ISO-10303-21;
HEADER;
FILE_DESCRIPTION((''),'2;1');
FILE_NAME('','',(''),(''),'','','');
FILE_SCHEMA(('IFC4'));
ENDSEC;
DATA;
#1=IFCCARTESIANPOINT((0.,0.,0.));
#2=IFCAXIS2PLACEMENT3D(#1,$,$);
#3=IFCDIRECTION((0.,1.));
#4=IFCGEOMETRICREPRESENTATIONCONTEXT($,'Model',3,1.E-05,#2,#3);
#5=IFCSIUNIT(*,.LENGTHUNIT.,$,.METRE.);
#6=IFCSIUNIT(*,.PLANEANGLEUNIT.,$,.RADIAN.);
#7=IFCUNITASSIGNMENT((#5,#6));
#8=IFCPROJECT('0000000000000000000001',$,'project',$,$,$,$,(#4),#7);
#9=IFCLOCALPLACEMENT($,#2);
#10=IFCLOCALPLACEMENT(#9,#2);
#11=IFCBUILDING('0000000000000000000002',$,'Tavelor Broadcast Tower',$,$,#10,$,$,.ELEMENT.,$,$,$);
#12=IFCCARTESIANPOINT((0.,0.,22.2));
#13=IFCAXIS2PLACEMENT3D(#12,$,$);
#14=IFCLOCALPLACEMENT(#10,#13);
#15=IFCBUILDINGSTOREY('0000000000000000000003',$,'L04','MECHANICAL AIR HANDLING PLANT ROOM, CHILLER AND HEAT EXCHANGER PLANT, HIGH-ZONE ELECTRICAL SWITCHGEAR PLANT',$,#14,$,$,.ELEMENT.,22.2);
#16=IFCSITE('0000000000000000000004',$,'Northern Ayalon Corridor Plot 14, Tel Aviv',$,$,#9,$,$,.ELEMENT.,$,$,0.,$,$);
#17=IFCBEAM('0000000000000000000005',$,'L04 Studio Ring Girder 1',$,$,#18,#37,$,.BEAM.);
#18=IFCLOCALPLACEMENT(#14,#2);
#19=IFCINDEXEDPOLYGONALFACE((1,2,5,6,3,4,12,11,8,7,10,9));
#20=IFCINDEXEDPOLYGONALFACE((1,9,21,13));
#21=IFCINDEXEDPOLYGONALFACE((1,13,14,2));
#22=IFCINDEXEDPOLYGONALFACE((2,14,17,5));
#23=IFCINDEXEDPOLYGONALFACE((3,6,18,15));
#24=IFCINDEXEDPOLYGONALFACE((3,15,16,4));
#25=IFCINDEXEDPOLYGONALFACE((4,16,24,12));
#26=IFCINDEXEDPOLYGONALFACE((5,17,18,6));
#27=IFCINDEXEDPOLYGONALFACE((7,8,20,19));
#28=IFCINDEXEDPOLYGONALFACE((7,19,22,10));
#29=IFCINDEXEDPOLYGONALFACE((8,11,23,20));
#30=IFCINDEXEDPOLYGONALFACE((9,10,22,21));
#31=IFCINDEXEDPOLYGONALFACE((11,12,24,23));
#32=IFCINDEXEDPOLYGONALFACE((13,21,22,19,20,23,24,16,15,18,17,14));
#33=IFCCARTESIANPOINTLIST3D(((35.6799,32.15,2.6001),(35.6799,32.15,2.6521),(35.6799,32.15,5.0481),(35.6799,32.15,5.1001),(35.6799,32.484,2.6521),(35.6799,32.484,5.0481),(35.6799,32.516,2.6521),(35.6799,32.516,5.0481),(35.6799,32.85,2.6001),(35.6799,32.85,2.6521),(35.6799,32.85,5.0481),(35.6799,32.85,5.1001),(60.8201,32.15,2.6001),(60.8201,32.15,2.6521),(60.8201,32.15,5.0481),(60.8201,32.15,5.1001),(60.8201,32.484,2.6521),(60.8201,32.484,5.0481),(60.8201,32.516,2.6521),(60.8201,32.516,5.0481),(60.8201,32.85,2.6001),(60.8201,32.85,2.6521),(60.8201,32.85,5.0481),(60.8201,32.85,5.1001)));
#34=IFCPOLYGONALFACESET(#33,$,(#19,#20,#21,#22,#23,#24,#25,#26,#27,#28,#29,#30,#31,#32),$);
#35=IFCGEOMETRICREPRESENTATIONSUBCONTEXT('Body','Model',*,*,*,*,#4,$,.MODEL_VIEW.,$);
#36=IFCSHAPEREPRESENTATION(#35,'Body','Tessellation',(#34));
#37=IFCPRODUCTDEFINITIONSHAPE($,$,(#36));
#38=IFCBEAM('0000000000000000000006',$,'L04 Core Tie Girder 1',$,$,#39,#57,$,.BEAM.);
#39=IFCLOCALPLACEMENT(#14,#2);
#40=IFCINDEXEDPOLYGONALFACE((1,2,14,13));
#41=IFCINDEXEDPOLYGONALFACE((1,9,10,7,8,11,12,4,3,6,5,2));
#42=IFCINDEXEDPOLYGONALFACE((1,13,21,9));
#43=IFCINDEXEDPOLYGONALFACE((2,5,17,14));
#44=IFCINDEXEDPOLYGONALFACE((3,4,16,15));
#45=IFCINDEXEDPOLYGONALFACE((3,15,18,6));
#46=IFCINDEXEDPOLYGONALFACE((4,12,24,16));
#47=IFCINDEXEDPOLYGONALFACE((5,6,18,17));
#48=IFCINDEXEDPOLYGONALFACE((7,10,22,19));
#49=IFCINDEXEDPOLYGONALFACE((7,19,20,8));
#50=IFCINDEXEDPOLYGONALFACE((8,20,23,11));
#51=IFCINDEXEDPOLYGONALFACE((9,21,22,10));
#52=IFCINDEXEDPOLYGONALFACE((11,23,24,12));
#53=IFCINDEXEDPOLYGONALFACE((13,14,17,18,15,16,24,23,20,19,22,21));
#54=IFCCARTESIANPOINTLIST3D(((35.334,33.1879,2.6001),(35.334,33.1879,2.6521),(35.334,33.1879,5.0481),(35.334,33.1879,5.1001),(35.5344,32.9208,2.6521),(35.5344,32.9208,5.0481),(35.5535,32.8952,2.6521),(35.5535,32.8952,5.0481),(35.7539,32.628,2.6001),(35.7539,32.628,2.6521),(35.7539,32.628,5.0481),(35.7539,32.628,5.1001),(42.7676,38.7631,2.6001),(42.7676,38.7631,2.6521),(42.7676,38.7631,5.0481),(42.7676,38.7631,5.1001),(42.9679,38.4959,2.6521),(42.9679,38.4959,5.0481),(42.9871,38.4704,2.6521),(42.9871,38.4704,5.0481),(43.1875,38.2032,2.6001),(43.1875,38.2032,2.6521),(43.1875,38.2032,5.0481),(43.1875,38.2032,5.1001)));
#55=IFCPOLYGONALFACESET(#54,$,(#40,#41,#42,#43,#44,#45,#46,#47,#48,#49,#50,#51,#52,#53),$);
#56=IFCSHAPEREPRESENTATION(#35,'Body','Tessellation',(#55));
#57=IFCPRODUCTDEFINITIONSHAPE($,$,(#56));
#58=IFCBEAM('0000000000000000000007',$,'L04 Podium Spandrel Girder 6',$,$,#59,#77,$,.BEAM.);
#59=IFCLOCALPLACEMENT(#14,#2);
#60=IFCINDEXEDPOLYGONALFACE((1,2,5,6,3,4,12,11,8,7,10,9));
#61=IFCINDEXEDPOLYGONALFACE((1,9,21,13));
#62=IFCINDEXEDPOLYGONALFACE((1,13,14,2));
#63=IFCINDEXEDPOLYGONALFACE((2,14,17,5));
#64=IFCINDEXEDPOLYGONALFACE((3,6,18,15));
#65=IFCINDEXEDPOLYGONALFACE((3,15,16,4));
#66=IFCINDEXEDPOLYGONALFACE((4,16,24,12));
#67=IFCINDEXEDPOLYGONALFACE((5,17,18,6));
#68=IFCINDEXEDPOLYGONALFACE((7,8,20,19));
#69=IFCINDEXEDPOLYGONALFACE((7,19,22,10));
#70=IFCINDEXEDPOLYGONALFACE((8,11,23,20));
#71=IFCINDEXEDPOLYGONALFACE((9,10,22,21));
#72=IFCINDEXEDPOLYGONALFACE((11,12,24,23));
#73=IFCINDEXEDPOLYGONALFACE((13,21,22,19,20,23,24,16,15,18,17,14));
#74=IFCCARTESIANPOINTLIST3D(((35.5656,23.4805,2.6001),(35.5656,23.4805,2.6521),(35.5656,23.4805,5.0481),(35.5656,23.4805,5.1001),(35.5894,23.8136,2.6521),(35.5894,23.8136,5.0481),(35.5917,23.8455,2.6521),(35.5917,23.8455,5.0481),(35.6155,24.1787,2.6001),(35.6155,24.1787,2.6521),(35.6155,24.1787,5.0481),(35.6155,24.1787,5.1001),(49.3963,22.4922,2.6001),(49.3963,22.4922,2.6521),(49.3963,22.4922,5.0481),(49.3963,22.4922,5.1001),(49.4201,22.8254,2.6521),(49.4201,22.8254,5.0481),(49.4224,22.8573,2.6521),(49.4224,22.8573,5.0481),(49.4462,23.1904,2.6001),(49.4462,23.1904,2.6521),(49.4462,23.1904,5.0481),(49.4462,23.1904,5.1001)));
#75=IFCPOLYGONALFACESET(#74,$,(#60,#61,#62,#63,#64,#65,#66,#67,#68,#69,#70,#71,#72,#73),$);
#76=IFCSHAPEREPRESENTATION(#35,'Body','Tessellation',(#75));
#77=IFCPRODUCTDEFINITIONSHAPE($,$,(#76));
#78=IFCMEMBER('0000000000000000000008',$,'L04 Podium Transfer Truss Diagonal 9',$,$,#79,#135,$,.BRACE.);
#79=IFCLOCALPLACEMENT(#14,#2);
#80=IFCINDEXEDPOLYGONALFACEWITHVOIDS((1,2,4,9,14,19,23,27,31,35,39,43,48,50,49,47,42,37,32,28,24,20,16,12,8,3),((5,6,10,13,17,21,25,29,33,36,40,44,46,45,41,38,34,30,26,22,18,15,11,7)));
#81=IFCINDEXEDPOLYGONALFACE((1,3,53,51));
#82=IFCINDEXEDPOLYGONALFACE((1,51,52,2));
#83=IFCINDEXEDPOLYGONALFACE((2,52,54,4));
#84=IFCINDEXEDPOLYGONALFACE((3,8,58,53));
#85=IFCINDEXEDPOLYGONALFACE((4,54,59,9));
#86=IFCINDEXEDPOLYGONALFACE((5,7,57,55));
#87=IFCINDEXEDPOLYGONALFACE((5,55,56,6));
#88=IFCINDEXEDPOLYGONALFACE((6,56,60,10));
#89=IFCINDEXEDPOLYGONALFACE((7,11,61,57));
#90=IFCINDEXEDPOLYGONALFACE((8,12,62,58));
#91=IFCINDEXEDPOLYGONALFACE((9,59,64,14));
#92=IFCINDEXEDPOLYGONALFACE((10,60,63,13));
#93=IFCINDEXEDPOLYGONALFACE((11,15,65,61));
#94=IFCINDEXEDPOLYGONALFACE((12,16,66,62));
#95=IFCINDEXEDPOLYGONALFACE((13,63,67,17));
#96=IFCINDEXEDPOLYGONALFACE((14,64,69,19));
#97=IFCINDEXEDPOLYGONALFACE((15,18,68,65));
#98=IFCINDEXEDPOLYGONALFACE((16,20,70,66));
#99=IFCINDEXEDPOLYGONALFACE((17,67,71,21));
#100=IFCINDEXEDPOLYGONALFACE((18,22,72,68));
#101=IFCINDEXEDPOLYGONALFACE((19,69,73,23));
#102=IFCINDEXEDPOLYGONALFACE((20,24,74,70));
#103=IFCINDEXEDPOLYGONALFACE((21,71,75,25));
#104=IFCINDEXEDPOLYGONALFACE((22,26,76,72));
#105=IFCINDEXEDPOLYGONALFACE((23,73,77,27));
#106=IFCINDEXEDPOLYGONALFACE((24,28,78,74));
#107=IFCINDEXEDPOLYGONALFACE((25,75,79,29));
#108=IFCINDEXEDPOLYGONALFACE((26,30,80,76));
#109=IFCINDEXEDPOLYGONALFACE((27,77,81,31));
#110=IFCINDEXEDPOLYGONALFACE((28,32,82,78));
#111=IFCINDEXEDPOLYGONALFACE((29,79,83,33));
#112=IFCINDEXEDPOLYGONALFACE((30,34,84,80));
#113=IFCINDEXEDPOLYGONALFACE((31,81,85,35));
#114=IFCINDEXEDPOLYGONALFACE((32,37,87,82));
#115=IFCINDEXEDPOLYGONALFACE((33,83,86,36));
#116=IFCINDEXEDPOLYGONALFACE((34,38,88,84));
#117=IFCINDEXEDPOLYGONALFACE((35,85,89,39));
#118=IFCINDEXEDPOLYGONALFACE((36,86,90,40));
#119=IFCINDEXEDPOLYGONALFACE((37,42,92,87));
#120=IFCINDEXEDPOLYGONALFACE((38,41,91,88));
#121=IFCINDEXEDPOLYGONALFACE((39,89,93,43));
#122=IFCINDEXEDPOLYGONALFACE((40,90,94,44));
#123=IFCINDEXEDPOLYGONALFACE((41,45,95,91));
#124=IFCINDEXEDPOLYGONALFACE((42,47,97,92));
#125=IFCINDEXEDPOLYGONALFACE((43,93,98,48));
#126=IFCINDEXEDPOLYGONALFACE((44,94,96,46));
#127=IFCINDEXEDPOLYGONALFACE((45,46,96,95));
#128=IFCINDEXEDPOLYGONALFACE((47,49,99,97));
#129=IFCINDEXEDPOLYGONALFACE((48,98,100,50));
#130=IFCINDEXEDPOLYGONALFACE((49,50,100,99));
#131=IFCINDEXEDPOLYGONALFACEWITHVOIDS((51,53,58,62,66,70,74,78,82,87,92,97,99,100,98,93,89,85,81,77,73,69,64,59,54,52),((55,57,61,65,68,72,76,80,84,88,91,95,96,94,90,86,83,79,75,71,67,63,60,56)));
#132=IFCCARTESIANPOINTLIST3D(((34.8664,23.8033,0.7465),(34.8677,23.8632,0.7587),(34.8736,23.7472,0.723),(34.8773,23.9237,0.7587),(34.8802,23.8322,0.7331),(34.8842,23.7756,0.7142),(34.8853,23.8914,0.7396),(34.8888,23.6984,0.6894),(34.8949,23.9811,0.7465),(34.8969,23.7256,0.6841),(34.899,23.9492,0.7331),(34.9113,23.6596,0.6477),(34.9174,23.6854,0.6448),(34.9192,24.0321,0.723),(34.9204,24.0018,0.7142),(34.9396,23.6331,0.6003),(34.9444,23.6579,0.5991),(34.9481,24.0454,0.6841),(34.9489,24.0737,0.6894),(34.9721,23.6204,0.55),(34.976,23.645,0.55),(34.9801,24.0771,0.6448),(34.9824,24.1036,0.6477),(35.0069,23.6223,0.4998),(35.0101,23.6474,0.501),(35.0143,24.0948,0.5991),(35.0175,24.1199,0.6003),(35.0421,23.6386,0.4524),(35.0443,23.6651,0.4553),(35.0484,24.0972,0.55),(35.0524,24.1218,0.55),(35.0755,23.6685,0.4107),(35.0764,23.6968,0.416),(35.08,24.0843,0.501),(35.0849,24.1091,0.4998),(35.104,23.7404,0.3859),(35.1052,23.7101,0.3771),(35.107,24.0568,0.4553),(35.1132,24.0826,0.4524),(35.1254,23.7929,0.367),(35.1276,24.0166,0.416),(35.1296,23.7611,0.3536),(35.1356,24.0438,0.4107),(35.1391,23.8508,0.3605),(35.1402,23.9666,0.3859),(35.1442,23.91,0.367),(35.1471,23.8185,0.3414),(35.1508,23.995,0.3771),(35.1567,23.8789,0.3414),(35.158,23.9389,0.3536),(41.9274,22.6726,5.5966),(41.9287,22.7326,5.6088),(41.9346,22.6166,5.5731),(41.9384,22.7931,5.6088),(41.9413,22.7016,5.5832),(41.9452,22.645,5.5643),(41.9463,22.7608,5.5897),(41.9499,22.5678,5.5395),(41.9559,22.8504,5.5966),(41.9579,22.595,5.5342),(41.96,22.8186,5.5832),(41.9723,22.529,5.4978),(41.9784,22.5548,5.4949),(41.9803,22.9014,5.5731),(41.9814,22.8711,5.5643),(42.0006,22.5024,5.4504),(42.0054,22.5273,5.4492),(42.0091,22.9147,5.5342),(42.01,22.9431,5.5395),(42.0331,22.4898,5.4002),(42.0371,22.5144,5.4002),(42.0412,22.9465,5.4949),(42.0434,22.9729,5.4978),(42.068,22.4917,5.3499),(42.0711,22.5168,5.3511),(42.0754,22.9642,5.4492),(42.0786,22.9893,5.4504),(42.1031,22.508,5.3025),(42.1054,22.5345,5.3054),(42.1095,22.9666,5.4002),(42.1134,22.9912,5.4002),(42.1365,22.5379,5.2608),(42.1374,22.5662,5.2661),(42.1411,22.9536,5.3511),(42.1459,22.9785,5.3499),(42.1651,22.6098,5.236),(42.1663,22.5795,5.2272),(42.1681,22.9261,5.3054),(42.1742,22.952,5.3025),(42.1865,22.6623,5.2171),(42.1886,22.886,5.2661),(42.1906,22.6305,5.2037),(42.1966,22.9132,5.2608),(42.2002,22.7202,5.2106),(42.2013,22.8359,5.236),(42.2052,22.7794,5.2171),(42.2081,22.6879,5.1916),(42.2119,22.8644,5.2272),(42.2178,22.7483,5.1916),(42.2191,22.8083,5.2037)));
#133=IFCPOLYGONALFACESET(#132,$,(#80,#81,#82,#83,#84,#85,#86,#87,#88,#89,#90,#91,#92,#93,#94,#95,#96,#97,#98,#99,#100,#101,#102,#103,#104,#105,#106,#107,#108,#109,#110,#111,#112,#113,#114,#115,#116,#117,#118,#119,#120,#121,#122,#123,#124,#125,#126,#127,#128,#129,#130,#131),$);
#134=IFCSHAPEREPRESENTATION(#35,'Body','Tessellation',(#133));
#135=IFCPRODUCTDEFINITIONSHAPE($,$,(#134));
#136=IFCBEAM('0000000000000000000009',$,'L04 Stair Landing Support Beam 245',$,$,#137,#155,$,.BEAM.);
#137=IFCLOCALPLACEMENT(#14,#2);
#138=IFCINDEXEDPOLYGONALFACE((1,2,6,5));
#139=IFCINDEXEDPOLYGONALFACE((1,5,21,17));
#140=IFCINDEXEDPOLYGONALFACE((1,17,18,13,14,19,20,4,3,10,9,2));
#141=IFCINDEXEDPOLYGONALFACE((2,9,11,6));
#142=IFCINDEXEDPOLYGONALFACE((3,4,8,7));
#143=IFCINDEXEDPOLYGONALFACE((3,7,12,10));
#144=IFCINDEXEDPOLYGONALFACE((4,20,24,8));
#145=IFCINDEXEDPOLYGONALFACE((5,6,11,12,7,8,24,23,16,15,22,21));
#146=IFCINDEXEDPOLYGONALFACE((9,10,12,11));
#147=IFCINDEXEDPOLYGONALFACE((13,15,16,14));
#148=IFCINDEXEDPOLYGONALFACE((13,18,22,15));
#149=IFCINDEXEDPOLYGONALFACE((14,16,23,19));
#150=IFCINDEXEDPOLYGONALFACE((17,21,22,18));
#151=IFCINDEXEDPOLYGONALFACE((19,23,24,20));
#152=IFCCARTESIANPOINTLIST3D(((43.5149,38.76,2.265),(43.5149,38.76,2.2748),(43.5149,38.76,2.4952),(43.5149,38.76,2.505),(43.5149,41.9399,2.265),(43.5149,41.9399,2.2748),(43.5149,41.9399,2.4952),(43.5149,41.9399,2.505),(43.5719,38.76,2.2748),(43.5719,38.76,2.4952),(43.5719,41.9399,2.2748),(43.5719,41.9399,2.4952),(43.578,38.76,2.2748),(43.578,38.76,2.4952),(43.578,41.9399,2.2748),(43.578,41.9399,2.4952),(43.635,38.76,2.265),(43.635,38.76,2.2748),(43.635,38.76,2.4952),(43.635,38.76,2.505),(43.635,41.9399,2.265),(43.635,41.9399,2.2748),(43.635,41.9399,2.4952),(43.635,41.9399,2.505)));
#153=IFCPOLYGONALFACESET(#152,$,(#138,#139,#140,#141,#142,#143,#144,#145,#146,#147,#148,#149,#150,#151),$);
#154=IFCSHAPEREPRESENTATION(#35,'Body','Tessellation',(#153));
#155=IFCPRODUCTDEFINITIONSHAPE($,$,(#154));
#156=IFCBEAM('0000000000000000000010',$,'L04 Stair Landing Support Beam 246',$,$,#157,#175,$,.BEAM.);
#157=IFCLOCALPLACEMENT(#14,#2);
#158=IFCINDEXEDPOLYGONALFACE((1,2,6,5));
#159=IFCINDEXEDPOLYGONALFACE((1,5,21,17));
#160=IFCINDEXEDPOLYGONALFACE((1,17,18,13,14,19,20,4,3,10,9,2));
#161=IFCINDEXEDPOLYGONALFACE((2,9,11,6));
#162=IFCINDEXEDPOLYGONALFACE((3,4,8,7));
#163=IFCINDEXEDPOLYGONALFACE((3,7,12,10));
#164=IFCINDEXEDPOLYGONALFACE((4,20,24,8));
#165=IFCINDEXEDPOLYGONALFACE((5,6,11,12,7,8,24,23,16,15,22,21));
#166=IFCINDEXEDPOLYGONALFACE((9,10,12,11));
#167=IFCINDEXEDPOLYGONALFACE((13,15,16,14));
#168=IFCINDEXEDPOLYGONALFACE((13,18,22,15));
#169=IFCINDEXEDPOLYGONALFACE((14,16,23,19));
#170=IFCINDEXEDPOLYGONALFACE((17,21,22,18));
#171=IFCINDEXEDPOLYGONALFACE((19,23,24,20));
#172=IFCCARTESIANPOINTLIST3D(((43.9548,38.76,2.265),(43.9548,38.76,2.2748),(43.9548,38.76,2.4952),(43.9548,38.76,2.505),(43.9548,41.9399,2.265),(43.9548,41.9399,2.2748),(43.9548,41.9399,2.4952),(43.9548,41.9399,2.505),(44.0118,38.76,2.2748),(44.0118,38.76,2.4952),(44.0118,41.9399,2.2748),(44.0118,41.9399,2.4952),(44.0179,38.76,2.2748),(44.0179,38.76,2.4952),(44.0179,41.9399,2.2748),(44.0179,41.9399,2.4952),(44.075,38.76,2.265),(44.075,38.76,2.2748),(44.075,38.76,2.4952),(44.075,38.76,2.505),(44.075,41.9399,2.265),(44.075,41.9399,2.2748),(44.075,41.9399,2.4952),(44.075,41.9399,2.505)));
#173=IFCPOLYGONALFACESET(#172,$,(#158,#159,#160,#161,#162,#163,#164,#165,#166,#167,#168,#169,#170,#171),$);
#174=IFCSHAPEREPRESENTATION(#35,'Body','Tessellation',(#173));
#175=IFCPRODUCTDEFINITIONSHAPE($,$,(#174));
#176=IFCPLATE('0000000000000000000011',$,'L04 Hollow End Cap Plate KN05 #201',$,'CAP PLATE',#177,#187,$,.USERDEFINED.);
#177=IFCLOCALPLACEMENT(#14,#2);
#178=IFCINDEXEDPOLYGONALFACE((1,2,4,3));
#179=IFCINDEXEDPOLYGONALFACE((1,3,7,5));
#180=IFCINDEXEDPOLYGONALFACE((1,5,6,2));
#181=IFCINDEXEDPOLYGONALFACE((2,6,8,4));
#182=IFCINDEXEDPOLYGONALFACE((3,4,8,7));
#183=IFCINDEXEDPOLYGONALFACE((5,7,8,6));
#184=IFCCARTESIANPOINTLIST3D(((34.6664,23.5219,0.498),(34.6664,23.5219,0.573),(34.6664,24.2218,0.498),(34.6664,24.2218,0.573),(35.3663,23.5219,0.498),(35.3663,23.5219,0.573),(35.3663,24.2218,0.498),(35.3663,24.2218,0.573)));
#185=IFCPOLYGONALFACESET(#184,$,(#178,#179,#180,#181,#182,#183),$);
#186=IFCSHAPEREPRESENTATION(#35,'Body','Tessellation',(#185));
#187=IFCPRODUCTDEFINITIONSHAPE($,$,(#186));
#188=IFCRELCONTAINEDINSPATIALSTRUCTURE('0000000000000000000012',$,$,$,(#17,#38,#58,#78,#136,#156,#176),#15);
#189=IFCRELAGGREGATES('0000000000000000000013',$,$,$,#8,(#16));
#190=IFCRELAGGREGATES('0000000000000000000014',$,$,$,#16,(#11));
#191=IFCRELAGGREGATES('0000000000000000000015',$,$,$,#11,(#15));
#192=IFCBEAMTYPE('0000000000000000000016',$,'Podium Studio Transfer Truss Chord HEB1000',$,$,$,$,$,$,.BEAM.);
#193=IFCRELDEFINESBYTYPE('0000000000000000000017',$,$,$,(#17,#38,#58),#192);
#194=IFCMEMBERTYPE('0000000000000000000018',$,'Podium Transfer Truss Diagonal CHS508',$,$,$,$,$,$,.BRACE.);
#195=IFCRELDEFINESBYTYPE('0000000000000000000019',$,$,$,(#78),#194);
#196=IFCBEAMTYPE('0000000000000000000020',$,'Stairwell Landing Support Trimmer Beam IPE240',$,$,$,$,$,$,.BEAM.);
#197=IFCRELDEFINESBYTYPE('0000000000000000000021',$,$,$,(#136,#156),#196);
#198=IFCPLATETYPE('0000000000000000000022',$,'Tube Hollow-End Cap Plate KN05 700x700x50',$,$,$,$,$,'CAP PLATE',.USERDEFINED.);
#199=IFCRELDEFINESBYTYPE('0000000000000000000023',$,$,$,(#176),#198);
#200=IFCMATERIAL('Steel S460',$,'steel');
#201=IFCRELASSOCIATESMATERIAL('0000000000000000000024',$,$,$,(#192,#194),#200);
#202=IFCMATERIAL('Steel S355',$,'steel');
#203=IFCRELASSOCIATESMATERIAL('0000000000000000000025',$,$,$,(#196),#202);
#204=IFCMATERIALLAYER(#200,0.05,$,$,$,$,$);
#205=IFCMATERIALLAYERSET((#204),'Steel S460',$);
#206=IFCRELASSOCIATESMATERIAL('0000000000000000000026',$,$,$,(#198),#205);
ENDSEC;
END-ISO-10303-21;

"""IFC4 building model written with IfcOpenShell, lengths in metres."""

from ifc_helpers import new_model, si_unit, direction, frame, origin, origin_2d, place, context, subcontext, project, spatial, rectangle, hollow_circle, i_section, extrude, source, transform, mapped, material, layer, layer_set, material_profile, profile_set, type_object, type_shapes, element, save


model = new_model("IFC4")

# Units and contexts
model_context = context("Model", 3, precision=1e-05, world=origin(), true_north=direction((0.0, 1.0)))
body_context = subcontext(model_context, "Body", "Model", "MODEL_VIEW")
ifc_project = project(units=[si_unit("LENGTHUNIT", "METRE"), si_unit("PLANEANGLEUNIT", "RADIAN")], contexts=[model_context])

# Site, building, storey
site_placement = place(None, origin())
site = spatial("IfcSite", under=ifc_project, at=site_placement, Name="Northern Ayalon Corridor Plot 14, Tel Aviv", CompositionType="ELEMENT", RefElevation=0.0)
building_placement = place(site_placement, origin())
building = spatial("IfcBuilding", under=site, at=building_placement, Name="Tavelor Broadcast Tower", CompositionType="ELEMENT")
storey_placement = place(building_placement, frame((0.0, 0.0, 22.2)))
storey = spatial("IfcBuildingStorey", under=building, at=storey_placement, Name="L04", Description="MECHANICAL AIR HANDLING PLANT ROOM, CHILLER AND HEAT EXCHANGER PLANT, HIGH-ZONE ELECTRICAL SWITCHGEAR PLANT", CompositionType="ELEMENT", Elevation=22.2)

# Beams
ifc_material_1 = material(Name="Steel S460", Category="steel")
ifc_material_profile_1 = material_profile(ifc_material_1, i_section(OverallWidth=0.7, OverallDepth=2.5, WebThickness=0.032, FlangeThickness=0.052, at=origin_2d()), Name="PG 2500x700")
ifc_profile_set_1 = profile_set([ifc_material_profile_1], Name="Steel S460")
beam_type_1 = type_object("IfcBeamType", Name="Podium Studio Transfer Truss Chord HEB1000", PredefinedType="BEAM", material=ifc_profile_set_1)
beam_1_placement = place(storey_placement, frame((35.6799, 32.5, 3.8501), z_axis=(1.0, 0.0, 0.0), x_axis=(0.0, 1.0, 0.0)))
element("IfcBeam", 1, at=beam_1_placement, inside=storey, type_object=beam_type_1, Name="L04 Studio Ring Girder 1", PredefinedType="BEAM", context=body_context, shape_type="SweptSolid", body=[
    extrude(i_section(OverallWidth=0.7, OverallDepth=2.5, WebThickness=0.032, FlangeThickness=0.052, at=origin_2d()), origin(), (0.0, 0.0, 1.0), 25.1401),
])
beam_2_placement = place(storey_placement, frame((35.5439, 32.908, 3.8501), z_axis=(0.8, 0.6, 0.0), x_axis=(-0.6, 0.8, 0.0)))
element("IfcBeam", 2, at=beam_2_placement, inside=storey, type_object=beam_type_1, Name="L04 Core Tie Girder 1", PredefinedType="BEAM", context=body_context, shape_type="SweptSolid", body=[
    extrude(i_section(OverallWidth=0.7, OverallDepth=2.5, WebThickness=0.032, FlangeThickness=0.052, at=origin_2d()), origin(), (0.0, 0.0, 1.0), 9.292),
])
beam_3_placement = place(storey_placement, frame((35.5906, 23.8296, 3.8501), z_axis=(0.997457, -0.071273, 0.0), x_axis=(0.071273, 0.997457, 0.0)))
element("IfcBeam", 3, at=beam_3_placement, inside=storey, type_object=beam_type_1, Name="L04 Podium Spandrel Girder 6", PredefinedType="BEAM", context=body_context, shape_type="SweptSolid", body=[
    extrude(i_section(OverallWidth=0.7, OverallDepth=2.5, WebThickness=0.032, FlangeThickness=0.052, at=origin_2d()), origin(), (0.0, 0.0, 1.0), 13.866),
])

# Member
ifc_material_profile_2 = material_profile(ifc_material_1, hollow_circle(Radius=0.2539, WallThickness=0.0249, at=origin_2d()), Name="CHS 508x25")
ifc_profile_set_2 = profile_set([ifc_material_profile_2], Name="Steel S460")
member_type = type_object("IfcMemberType", Name="Podium Transfer Truss Diagonal CHS508", PredefinedType="BRACE", material=ifc_profile_set_2)
member_placement = place(storey_placement, frame((35.0122, 23.8711, 0.55), z_axis=(0.817193, -0.130849, 0.561315), x_axis=(0.158106, 0.987422, 0.0)))
element("IfcMember", 4, at=member_placement, inside=storey, type_object=member_type, Name="L04 Podium Transfer Truss Diagonal 9", PredefinedType="BRACE", context=body_context, shape_type="SweptSolid", body=[
    extrude(hollow_circle(Radius=0.2539, WallThickness=0.0249, at=origin_2d()), origin(), (0.0, 0.0, 1.0), 8.6406),
])

# Beams
ifc_material_2 = material(Name="Steel S355", Category="steel")
ifc_material_profile_3 = material_profile(ifc_material_2, i_section(OverallWidth=0.1201, OverallDepth=0.24, WebThickness=0.0061, FlangeThickness=0.0098, at=origin_2d()), Name="IPE 240")
ifc_profile_set_3 = profile_set([ifc_material_profile_3], Name="Steel S355")
beam_type_2 = type_object("IfcBeamType", Name="Stairwell Landing Support Trimmer Beam IPE240", PredefinedType="BEAM", material=ifc_profile_set_3)
for number, where, z_axis, x_axis, name in (
    (5, (43.575, 38.76, 2.385), (0.0, 1.0, 0.0), (-1.0, 0.0, 0.0), "L04 Stair Landing Support Beam 245"),
    (6, (44.0149, 38.76, 2.385), (0.0, 1.0, 0.0), (-1.0, 0.0, 0.0), "L04 Stair Landing Support Beam 246"),
):
    element("IfcBeam", number, at=place(storey_placement, frame(where, z_axis=z_axis, x_axis=x_axis)), inside=storey, type_object=beam_type_2, Name=name, PredefinedType="BEAM", context=body_context, shape_type="SweptSolid", body=[
        extrude(i_section(OverallWidth=0.1201, OverallDepth=0.24, WebThickness=0.0061, FlangeThickness=0.0098, at=origin_2d()), origin(), (0.0, 0.0, 1.0), 3.1799),
    ])

# Plate
ifc_layer_1 = layer(ifc_material_1, 0.05)
ifc_layer_set_1 = layer_set([ifc_layer_1], Name="Steel S460")
plate_type_1 = type_object("IfcPlateType", Name="Tube Hollow-End Cap Plate KN05 700x700x50", ElementType="CAP PLATE", PredefinedType="USERDEFINED", material=ifc_layer_set_1)
shared_shape_1 = source(origin(), body_context, "Body", "SweptSolid", [
    extrude(rectangle(XDim=0.7, YDim=0.7, at=origin_2d()), origin(), (0.0, 0.0, 1.0), 0.075),
])
type_shapes(plate_type_1, [shared_shape_1])
for number, where, z_axis, x_axis, name in (
    (7, (35.0164, 23.8718, 0.498), (0.0, 0.0, 1.0), (1.0, 0.0, 0.0), "L04 Hollow End Cap Plate KN05 #201"),
):
    element("IfcPlate", number, at=place(storey_placement, frame(where, z_axis=z_axis, x_axis=x_axis)), inside=storey, type_object=plate_type_1, Name=name, ObjectType="CAP PLATE", PredefinedType="USERDEFINED", context=body_context, shape_type="MappedRepresentation", body=[
        mapped(shared_shape_1, transform((0.0, 0.0, 0.0), scale=1.0)),
    ])

save(model, "model.ifc")
